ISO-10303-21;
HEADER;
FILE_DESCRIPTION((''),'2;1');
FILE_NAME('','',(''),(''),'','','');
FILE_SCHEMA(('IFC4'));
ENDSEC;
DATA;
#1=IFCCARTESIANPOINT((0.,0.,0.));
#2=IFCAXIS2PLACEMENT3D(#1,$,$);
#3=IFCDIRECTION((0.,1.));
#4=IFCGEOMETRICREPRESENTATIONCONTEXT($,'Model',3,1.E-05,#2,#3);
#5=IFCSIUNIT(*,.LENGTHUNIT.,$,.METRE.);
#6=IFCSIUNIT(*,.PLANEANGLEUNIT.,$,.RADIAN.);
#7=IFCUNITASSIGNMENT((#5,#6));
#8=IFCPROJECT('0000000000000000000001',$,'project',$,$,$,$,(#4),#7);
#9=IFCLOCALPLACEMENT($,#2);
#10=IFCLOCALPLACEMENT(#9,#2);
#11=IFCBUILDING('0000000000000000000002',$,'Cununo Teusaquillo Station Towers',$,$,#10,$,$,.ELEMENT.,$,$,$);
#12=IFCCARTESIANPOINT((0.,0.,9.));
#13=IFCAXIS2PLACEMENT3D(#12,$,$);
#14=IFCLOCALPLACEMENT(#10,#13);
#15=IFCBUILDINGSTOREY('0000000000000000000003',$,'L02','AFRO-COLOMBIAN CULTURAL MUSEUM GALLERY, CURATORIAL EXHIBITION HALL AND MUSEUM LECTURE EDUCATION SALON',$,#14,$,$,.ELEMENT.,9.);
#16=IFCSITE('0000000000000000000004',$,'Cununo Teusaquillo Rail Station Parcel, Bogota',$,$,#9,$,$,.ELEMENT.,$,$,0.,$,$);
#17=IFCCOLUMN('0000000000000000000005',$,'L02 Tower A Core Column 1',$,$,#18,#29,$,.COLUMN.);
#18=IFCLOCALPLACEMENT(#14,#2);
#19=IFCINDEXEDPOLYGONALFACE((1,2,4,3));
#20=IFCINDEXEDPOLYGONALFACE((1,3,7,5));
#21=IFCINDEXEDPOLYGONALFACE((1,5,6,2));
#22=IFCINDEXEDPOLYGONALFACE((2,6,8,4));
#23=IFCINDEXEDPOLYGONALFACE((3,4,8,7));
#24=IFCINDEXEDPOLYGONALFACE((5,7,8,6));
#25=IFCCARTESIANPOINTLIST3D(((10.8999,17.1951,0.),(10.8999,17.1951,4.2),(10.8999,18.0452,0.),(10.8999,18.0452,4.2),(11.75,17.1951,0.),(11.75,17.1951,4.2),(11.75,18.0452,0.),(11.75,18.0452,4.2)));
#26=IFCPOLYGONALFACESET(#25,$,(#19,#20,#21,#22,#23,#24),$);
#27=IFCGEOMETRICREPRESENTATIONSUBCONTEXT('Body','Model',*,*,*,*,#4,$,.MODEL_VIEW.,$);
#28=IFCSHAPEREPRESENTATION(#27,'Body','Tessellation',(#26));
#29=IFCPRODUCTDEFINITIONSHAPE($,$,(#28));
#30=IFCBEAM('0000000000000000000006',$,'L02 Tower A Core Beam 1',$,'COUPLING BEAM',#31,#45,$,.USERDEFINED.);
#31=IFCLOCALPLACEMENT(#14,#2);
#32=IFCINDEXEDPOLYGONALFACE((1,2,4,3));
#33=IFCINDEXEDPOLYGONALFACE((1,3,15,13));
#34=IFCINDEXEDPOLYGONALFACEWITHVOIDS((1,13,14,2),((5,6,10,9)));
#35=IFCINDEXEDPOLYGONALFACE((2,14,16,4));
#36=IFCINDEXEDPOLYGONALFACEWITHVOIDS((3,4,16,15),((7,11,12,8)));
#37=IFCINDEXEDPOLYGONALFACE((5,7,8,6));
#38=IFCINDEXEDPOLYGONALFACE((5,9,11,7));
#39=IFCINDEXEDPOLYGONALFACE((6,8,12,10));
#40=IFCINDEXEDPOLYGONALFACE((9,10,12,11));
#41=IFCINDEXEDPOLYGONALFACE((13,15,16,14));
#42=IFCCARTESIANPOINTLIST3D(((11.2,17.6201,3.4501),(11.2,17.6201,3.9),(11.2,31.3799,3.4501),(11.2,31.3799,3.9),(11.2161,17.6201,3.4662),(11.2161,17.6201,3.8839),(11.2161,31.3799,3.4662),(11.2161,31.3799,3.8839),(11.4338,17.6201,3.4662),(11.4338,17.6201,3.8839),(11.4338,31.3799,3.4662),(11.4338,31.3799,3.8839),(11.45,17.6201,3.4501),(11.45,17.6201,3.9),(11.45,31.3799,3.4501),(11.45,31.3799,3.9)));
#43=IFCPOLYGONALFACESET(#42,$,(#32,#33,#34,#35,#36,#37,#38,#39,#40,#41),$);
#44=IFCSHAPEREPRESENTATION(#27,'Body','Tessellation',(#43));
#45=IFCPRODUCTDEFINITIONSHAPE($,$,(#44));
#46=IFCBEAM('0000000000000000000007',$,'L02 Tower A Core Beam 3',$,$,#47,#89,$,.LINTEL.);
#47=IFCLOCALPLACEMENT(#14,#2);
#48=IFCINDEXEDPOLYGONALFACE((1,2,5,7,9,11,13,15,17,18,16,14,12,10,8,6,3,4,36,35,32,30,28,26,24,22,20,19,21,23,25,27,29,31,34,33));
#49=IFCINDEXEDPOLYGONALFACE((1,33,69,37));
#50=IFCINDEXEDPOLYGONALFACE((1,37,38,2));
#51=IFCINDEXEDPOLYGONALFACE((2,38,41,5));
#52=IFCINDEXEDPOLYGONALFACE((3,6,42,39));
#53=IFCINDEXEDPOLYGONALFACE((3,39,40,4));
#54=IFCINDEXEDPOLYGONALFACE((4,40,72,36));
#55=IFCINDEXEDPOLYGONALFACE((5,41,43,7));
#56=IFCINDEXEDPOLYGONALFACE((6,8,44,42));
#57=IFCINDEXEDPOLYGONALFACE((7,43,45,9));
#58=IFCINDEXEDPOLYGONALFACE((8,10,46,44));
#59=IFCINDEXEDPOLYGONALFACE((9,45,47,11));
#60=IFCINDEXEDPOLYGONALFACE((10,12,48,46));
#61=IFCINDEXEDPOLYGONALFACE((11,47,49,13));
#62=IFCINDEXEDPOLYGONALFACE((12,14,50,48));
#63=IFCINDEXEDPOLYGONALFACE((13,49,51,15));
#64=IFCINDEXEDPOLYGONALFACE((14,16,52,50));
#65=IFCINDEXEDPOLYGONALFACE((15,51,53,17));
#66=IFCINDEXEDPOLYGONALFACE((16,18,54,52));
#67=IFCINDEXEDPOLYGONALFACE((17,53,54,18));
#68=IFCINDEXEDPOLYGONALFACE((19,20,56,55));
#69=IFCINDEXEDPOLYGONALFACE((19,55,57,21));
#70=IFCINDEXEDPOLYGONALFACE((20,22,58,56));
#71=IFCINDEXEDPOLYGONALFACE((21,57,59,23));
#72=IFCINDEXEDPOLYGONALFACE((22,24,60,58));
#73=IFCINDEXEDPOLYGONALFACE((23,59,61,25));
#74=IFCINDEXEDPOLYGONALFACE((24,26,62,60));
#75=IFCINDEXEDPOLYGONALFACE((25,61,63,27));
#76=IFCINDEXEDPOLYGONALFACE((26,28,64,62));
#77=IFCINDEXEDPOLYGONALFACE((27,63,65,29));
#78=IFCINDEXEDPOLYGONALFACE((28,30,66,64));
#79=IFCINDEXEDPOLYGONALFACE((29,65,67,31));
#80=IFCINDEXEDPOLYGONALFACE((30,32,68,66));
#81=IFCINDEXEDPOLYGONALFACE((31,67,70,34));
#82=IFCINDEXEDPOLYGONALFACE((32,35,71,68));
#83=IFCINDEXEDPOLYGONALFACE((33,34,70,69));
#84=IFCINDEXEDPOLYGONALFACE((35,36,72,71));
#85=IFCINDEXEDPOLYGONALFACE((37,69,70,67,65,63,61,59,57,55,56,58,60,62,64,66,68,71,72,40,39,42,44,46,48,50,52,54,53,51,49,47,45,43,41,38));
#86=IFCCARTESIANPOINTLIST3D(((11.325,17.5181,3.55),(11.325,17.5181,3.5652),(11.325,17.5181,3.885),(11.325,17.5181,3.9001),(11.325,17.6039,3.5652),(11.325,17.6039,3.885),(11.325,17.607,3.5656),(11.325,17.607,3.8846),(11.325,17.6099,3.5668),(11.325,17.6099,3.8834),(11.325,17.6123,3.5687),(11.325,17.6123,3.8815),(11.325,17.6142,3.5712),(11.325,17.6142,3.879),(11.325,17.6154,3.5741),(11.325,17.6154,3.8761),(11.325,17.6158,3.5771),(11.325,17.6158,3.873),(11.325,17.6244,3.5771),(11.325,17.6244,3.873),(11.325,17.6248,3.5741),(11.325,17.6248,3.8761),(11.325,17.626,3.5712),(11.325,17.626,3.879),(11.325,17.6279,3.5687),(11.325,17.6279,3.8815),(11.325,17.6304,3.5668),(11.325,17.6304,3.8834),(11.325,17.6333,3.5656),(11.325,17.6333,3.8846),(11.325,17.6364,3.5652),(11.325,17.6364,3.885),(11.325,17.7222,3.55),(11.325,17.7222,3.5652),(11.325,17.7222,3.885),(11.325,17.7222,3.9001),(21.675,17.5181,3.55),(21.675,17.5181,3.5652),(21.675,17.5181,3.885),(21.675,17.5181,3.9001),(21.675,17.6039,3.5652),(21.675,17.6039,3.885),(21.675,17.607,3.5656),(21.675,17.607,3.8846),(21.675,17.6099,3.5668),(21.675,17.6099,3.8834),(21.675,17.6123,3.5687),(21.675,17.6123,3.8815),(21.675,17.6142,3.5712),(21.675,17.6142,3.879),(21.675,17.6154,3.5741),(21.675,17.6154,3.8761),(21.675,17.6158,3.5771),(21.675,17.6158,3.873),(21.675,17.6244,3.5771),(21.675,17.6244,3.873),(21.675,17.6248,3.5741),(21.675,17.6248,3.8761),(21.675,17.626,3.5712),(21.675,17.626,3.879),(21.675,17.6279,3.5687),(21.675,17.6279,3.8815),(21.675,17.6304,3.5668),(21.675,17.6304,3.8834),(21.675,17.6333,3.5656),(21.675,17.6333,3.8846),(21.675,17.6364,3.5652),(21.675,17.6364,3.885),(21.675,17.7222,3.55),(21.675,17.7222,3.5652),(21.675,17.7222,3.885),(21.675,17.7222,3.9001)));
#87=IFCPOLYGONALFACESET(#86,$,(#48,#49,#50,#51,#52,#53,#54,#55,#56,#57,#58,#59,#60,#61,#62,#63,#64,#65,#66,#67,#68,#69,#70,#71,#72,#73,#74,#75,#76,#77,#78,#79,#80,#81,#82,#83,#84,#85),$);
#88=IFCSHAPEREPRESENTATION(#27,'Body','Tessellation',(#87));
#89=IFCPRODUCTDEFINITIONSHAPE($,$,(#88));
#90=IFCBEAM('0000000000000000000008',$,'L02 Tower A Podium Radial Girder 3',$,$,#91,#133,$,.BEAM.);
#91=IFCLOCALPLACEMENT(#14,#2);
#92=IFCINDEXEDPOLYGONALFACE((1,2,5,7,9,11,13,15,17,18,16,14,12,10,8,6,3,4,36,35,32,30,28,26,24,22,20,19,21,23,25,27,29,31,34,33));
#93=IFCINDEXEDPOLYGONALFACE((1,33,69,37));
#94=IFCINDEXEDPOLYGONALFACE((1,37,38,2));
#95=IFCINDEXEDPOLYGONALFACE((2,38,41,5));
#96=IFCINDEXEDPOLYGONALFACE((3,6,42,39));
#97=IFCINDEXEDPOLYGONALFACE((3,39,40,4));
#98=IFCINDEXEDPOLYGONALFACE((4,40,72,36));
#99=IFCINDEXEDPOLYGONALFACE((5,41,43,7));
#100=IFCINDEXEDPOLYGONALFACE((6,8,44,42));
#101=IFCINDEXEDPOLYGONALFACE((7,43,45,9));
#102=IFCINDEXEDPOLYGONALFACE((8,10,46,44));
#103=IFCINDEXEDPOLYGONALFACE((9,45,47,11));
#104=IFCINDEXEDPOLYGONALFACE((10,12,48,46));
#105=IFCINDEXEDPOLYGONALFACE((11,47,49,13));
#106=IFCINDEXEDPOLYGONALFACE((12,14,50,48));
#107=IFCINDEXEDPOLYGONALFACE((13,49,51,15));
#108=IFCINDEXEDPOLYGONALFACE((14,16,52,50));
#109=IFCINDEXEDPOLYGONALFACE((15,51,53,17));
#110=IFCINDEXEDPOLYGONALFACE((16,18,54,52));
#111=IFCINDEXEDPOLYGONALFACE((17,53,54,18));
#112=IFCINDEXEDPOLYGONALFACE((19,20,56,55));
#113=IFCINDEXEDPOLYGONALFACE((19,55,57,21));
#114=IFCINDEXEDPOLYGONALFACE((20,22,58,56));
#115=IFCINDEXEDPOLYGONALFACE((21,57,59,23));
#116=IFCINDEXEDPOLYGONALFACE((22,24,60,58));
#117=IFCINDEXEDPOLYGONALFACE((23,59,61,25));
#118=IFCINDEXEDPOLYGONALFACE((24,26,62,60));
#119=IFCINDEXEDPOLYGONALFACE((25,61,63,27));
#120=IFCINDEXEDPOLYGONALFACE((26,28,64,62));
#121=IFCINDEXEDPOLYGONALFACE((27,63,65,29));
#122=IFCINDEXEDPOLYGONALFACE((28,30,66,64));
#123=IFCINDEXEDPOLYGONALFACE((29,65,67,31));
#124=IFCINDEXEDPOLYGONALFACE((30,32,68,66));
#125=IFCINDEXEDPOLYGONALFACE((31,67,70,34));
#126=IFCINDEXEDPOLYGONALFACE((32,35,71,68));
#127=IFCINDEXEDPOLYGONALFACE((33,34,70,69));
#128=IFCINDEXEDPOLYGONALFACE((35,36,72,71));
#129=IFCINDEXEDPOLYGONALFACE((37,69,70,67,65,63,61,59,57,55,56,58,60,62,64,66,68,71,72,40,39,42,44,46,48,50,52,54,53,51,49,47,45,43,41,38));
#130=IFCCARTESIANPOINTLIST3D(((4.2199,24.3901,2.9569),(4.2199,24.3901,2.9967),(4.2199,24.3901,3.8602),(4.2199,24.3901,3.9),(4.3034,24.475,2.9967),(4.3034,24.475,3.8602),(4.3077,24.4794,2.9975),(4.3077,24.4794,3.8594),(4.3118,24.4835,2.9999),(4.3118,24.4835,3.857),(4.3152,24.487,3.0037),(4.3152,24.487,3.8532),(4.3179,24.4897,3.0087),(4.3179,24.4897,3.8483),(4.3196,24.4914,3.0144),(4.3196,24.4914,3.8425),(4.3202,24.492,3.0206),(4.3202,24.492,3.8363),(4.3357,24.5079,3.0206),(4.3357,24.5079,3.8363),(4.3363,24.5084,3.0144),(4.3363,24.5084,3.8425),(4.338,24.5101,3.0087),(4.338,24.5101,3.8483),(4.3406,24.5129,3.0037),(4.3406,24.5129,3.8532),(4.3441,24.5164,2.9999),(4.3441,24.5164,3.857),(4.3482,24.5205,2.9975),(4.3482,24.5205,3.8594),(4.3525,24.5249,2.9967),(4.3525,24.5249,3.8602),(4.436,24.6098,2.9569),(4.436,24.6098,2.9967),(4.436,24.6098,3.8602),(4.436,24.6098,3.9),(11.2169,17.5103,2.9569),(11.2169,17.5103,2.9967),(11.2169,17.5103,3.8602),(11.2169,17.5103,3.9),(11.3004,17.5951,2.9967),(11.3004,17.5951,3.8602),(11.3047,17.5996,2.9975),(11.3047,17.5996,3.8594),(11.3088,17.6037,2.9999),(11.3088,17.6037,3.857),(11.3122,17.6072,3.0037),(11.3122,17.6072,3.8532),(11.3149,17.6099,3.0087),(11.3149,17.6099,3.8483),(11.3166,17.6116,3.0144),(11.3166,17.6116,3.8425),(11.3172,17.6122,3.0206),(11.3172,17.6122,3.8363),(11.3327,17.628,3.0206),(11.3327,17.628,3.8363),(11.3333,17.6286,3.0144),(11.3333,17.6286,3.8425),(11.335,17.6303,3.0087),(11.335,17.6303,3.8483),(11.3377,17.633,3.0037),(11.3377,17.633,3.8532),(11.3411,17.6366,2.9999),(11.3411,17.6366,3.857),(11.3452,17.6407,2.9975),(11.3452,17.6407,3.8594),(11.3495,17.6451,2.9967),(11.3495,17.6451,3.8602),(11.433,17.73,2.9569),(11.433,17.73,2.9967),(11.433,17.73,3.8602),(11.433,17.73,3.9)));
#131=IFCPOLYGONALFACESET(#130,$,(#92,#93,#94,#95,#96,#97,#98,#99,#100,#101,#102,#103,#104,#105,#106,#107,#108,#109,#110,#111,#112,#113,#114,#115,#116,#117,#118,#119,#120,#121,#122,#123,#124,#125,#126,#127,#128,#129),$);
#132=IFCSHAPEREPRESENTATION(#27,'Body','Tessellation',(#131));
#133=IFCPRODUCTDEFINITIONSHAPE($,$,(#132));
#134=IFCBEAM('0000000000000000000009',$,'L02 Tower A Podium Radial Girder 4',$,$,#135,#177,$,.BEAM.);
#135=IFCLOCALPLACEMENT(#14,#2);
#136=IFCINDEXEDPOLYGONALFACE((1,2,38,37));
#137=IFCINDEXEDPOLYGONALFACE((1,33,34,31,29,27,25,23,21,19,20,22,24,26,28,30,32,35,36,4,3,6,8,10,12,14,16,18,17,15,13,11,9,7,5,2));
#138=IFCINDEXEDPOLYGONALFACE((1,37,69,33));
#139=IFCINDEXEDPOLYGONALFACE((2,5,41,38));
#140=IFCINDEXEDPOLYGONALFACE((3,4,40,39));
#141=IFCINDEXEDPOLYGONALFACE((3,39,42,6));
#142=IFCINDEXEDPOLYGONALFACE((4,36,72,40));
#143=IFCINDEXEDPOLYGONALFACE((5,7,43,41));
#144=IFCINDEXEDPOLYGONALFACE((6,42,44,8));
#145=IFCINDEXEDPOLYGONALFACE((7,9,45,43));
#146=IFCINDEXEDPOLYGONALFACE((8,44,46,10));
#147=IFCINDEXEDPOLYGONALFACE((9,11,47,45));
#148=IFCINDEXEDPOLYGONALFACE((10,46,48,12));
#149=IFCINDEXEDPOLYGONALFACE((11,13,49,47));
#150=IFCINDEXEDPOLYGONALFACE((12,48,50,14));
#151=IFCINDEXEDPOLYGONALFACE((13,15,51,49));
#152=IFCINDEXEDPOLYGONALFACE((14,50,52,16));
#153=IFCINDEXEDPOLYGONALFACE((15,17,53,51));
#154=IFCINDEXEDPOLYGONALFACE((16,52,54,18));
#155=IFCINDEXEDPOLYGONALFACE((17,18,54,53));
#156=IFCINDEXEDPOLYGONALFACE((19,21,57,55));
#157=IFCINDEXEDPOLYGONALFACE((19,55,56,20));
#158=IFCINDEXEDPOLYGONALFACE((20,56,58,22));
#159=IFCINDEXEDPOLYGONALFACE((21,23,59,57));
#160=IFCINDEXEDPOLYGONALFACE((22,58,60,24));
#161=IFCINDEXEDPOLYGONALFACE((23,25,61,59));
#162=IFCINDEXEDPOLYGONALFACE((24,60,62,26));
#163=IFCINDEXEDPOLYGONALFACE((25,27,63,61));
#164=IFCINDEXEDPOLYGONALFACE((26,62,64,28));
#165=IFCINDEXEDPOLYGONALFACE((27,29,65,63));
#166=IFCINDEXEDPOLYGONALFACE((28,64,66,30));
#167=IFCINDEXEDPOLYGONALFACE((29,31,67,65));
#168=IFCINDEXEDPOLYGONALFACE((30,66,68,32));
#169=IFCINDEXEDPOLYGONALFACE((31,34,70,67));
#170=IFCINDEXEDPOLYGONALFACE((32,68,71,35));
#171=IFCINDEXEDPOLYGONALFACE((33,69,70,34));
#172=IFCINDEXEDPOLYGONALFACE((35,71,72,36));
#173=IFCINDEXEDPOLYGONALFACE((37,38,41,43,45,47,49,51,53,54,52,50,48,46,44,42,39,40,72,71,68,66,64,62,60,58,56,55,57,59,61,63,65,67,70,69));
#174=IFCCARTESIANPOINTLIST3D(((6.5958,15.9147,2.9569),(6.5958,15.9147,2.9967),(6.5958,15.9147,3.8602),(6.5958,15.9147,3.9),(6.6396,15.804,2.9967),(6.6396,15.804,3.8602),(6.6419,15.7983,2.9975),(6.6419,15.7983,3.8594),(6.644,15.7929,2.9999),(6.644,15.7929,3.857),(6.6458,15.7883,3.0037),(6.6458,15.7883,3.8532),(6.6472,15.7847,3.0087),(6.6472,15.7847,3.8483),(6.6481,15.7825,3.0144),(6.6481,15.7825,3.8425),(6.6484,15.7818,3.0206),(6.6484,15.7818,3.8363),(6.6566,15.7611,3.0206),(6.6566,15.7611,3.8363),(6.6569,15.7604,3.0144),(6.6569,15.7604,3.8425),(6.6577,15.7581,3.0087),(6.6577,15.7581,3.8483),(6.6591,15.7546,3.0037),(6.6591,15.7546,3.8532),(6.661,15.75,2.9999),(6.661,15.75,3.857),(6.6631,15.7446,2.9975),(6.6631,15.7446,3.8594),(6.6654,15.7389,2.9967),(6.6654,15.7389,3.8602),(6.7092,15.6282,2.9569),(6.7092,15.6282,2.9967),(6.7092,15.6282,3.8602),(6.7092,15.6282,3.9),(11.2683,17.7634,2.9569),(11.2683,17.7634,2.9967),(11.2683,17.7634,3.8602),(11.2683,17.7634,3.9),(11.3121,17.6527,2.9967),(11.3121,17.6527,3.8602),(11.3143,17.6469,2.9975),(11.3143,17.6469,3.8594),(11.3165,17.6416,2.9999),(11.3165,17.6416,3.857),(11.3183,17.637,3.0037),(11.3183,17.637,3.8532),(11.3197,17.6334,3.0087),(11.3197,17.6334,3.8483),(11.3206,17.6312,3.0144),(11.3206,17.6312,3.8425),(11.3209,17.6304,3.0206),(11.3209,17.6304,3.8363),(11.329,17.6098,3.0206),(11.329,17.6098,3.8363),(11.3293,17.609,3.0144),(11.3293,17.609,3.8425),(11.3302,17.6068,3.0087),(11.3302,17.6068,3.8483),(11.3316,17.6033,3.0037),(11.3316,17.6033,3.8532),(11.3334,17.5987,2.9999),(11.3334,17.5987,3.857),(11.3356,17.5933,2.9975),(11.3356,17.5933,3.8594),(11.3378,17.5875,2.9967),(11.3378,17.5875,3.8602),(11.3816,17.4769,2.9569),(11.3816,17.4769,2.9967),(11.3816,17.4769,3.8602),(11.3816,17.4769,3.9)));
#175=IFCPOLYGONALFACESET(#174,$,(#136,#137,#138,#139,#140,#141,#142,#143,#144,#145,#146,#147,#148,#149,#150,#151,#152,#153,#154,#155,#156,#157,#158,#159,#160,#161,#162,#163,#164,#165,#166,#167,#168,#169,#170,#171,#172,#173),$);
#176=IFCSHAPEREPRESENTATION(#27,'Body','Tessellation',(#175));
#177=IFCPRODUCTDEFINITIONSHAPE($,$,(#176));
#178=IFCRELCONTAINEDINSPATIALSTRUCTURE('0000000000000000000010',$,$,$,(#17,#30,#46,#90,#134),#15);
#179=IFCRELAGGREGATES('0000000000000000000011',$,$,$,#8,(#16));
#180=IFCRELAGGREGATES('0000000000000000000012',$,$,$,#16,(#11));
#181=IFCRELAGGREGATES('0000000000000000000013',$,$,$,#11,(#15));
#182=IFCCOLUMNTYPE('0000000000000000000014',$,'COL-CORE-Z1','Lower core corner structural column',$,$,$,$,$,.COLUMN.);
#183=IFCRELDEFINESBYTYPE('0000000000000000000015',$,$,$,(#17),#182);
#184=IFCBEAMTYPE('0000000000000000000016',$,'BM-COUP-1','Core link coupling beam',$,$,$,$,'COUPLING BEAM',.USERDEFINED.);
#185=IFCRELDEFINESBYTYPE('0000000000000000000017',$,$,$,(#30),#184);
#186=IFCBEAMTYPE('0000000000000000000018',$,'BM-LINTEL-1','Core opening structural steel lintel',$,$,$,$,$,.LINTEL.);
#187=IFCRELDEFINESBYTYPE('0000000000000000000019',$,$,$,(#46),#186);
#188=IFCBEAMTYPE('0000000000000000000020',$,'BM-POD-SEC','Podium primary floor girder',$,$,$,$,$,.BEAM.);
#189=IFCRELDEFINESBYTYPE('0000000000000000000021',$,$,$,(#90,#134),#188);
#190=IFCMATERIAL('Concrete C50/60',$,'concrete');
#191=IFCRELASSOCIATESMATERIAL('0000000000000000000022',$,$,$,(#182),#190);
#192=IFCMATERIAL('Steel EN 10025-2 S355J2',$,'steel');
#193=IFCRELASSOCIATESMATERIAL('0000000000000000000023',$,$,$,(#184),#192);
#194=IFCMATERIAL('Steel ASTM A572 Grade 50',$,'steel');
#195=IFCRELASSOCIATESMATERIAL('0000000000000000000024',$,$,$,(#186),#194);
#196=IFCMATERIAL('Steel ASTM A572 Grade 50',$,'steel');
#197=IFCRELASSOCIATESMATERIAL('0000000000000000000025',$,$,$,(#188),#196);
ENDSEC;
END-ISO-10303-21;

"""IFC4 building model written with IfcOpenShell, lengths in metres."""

from ifc_helpers import new_model, si_unit, direction, frame, origin, origin_2d, place, context, subcontext, project, spatial, rectangle, hollow_rectangle, i_section, extrude, material, material_profile, profile_set, type_object, element, save


model = new_model("IFC4")

# Units and contexts
model_context = context("Model", 3, precision=1e-05, world=origin(), true_north=direction((0.0, 1.0)))
body_context = subcontext(model_context, "Body", "Model", "MODEL_VIEW")
ifc_project = project(units=[si_unit("LENGTHUNIT", "METRE"), si_unit("PLANEANGLEUNIT", "RADIAN")], contexts=[model_context])

# Site, building, storey
site_placement = place(None, origin())
site = spatial("IfcSite", under=ifc_project, at=site_placement, Name="Cununo Teusaquillo Rail Station Parcel, Bogota", CompositionType="ELEMENT", RefElevation=0.0)
building_placement = place(site_placement, origin())
building = spatial("IfcBuilding", under=site, at=building_placement, Name="Cununo Teusaquillo Station Towers", CompositionType="ELEMENT")
storey_placement = place(building_placement, frame((0.0, 0.0, 9.0)))
storey = spatial("IfcBuildingStorey", under=building, at=storey_placement, Name="L02", Description="AFRO-COLOMBIAN CULTURAL MUSEUM GALLERY, CURATORIAL EXHIBITION HALL AND MUSEUM LECTURE EDUCATION SALON", CompositionType="ELEMENT", Elevation=9.0)

# Column
ifc_material_1 = material(Name="Concrete C50/60", Category="concrete")
ifc_material_profile_1 = material_profile(ifc_material_1, rectangle(XDim=0.8501, YDim=0.8501, at=origin_2d()), Name="RC-RECT-850x850")
ifc_profile_set_1 = profile_set([ifc_material_profile_1], Name="Concrete C50/60")
column_type = type_object("IfcColumnType", Name="COL-CORE-Z1", Description="Lower core corner structural column", PredefinedType="COLUMN", material=ifc_profile_set_1)
column_placement = place(storey_placement, frame((11.325, 17.6201, 0.0), z_axis=(0.0, 0.0, 1.0), x_axis=(1.0, 0.0, 0.0)))
element("IfcColumn", 1, at=column_placement, inside=storey, type_object=column_type, Name="L02 Tower A Core Column 1", PredefinedType="COLUMN", context=body_context, shape_type="SweptSolid", body=[
    extrude(rectangle(XDim=0.8501, YDim=0.8501, at=origin_2d()), origin(), (0.0, 0.0, 1.0), 4.2),
])

# Beams
ifc_material_2 = material(Name="Steel EN 10025-2 S355J2", Category="steel")
ifc_material_profile_2 = material_profile(ifc_material_2, hollow_rectangle(XDim=0.25, YDim=0.45, WallThickness=0.0161, at=origin_2d()), Name="RHS 450x250x16")
ifc_profile_set_2 = profile_set([ifc_material_profile_2], Name="Steel EN 10025-2 S355J2")
beam_type_1 = type_object("IfcBeamType", Name="BM-COUP-1", Description="Core link coupling beam", ElementType="COUPLING BEAM", PredefinedType="USERDEFINED", material=ifc_profile_set_2)
beam_1_placement = place(storey_placement, frame((11.325, 17.6201, 3.675), z_axis=(0.0, 1.0, 0.0), x_axis=(-1.0, 0.0, 0.0)))
element("IfcBeam", 2, at=beam_1_placement, inside=storey, type_object=beam_type_1, Name="L02 Tower A Core Beam 1", ObjectType="COUPLING BEAM", PredefinedType="USERDEFINED", context=body_context, shape_type="SweptSolid", body=[
    extrude(hollow_rectangle(XDim=0.25, YDim=0.45, WallThickness=0.0161, at=origin_2d()), origin(), (0.0, 0.0, 1.0), 13.7598),
])
ifc_material_3 = material(Name="Steel ASTM A572 Grade 50", Category="steel")
ifc_material_profile_3 = material_profile(ifc_material_3, i_section(OverallWidth=0.2041, OverallDepth=0.3501, WebThickness=0.0085, FlangeThickness=0.0151, FilletRadius=0.012, at=origin_2d()), Name="W14X48")
ifc_profile_set_3 = profile_set([ifc_material_profile_3], Name="Steel ASTM A572 Grade 50")
beam_type_2 = type_object("IfcBeamType", Name="BM-LINTEL-1", Description="Core opening structural steel lintel", PredefinedType="LINTEL", material=ifc_profile_set_3)
beam_2_placement = place(storey_placement, frame((11.325, 17.6201, 3.7251), z_axis=(1.0, 0.0, 0.0), x_axis=(0.0, 1.0, 0.0)))
element("IfcBeam", 3, at=beam_2_placement, inside=storey, type_object=beam_type_2, Name="L02 Tower A Core Beam 3", PredefinedType="LINTEL", context=body_context, shape_type="SweptSolid", body=[
    extrude(i_section(OverallWidth=0.2041, OverallDepth=0.3501, WebThickness=0.0085, FlangeThickness=0.0151, FilletRadius=0.012, at=origin_2d()), origin(), (0.0, 0.0, 1.0), 10.3501),
])
ifc_material_4 = material(Name="Steel ASTM A572 Grade 50", Category="steel")
ifc_material_profile_4 = material_profile(ifc_material_4, i_section(OverallWidth=0.3081, OverallDepth=0.9431, WebThickness=0.0222, FlangeThickness=0.0398, FilletRadius=0.0239, at=origin_2d()), Name="W36X232")
ifc_profile_set_4 = profile_set([ifc_material_profile_4], Name="Steel ASTM A572 Grade 50")
beam_type_3 = type_object("IfcBeamType", Name="BM-POD-SEC", Description="Podium primary floor girder", PredefinedType="BEAM", material=ifc_profile_set_4)
beam_3_placement = place(storey_placement, frame((11.325, 17.6201, 3.4285), z_axis=(-0.713053, 0.70111, 0.0), x_axis=(-0.70111, -0.713053, 0.0)))
element("IfcBeam", 4, at=beam_3_placement, inside=storey, type_object=beam_type_3, Name="L02 Tower A Podium Radial Girder 3", PredefinedType="BEAM", context=body_context, shape_type="SweptSolid", body=[
    extrude(i_section(OverallWidth=0.3081, OverallDepth=0.9431, WebThickness=0.0222, FlangeThickness=0.0398, FilletRadius=0.0239, at=origin_2d()), origin(), (0.0, 0.0, 1.0), 9.8127),
])
beam_4_placement = place(storey_placement, frame((11.325, 17.6201, 3.4285), z_axis=(-0.929864, -0.367903, 0.0), x_axis=(0.367903, -0.929864, 0.0)))
element("IfcBeam", 5, at=beam_4_placement, inside=storey, type_object=beam_type_3, Name="L02 Tower A Podium Radial Girder 4", PredefinedType="BEAM", context=body_context, shape_type="SweptSolid", body=[
    extrude(i_section(OverallWidth=0.3081, OverallDepth=0.9431, WebThickness=0.0222, FlangeThickness=0.0398, FilletRadius=0.0239, at=origin_2d()), origin(), (0.0, 0.0, 1.0), 5.0249),
])

save(model, "model.ifc")
